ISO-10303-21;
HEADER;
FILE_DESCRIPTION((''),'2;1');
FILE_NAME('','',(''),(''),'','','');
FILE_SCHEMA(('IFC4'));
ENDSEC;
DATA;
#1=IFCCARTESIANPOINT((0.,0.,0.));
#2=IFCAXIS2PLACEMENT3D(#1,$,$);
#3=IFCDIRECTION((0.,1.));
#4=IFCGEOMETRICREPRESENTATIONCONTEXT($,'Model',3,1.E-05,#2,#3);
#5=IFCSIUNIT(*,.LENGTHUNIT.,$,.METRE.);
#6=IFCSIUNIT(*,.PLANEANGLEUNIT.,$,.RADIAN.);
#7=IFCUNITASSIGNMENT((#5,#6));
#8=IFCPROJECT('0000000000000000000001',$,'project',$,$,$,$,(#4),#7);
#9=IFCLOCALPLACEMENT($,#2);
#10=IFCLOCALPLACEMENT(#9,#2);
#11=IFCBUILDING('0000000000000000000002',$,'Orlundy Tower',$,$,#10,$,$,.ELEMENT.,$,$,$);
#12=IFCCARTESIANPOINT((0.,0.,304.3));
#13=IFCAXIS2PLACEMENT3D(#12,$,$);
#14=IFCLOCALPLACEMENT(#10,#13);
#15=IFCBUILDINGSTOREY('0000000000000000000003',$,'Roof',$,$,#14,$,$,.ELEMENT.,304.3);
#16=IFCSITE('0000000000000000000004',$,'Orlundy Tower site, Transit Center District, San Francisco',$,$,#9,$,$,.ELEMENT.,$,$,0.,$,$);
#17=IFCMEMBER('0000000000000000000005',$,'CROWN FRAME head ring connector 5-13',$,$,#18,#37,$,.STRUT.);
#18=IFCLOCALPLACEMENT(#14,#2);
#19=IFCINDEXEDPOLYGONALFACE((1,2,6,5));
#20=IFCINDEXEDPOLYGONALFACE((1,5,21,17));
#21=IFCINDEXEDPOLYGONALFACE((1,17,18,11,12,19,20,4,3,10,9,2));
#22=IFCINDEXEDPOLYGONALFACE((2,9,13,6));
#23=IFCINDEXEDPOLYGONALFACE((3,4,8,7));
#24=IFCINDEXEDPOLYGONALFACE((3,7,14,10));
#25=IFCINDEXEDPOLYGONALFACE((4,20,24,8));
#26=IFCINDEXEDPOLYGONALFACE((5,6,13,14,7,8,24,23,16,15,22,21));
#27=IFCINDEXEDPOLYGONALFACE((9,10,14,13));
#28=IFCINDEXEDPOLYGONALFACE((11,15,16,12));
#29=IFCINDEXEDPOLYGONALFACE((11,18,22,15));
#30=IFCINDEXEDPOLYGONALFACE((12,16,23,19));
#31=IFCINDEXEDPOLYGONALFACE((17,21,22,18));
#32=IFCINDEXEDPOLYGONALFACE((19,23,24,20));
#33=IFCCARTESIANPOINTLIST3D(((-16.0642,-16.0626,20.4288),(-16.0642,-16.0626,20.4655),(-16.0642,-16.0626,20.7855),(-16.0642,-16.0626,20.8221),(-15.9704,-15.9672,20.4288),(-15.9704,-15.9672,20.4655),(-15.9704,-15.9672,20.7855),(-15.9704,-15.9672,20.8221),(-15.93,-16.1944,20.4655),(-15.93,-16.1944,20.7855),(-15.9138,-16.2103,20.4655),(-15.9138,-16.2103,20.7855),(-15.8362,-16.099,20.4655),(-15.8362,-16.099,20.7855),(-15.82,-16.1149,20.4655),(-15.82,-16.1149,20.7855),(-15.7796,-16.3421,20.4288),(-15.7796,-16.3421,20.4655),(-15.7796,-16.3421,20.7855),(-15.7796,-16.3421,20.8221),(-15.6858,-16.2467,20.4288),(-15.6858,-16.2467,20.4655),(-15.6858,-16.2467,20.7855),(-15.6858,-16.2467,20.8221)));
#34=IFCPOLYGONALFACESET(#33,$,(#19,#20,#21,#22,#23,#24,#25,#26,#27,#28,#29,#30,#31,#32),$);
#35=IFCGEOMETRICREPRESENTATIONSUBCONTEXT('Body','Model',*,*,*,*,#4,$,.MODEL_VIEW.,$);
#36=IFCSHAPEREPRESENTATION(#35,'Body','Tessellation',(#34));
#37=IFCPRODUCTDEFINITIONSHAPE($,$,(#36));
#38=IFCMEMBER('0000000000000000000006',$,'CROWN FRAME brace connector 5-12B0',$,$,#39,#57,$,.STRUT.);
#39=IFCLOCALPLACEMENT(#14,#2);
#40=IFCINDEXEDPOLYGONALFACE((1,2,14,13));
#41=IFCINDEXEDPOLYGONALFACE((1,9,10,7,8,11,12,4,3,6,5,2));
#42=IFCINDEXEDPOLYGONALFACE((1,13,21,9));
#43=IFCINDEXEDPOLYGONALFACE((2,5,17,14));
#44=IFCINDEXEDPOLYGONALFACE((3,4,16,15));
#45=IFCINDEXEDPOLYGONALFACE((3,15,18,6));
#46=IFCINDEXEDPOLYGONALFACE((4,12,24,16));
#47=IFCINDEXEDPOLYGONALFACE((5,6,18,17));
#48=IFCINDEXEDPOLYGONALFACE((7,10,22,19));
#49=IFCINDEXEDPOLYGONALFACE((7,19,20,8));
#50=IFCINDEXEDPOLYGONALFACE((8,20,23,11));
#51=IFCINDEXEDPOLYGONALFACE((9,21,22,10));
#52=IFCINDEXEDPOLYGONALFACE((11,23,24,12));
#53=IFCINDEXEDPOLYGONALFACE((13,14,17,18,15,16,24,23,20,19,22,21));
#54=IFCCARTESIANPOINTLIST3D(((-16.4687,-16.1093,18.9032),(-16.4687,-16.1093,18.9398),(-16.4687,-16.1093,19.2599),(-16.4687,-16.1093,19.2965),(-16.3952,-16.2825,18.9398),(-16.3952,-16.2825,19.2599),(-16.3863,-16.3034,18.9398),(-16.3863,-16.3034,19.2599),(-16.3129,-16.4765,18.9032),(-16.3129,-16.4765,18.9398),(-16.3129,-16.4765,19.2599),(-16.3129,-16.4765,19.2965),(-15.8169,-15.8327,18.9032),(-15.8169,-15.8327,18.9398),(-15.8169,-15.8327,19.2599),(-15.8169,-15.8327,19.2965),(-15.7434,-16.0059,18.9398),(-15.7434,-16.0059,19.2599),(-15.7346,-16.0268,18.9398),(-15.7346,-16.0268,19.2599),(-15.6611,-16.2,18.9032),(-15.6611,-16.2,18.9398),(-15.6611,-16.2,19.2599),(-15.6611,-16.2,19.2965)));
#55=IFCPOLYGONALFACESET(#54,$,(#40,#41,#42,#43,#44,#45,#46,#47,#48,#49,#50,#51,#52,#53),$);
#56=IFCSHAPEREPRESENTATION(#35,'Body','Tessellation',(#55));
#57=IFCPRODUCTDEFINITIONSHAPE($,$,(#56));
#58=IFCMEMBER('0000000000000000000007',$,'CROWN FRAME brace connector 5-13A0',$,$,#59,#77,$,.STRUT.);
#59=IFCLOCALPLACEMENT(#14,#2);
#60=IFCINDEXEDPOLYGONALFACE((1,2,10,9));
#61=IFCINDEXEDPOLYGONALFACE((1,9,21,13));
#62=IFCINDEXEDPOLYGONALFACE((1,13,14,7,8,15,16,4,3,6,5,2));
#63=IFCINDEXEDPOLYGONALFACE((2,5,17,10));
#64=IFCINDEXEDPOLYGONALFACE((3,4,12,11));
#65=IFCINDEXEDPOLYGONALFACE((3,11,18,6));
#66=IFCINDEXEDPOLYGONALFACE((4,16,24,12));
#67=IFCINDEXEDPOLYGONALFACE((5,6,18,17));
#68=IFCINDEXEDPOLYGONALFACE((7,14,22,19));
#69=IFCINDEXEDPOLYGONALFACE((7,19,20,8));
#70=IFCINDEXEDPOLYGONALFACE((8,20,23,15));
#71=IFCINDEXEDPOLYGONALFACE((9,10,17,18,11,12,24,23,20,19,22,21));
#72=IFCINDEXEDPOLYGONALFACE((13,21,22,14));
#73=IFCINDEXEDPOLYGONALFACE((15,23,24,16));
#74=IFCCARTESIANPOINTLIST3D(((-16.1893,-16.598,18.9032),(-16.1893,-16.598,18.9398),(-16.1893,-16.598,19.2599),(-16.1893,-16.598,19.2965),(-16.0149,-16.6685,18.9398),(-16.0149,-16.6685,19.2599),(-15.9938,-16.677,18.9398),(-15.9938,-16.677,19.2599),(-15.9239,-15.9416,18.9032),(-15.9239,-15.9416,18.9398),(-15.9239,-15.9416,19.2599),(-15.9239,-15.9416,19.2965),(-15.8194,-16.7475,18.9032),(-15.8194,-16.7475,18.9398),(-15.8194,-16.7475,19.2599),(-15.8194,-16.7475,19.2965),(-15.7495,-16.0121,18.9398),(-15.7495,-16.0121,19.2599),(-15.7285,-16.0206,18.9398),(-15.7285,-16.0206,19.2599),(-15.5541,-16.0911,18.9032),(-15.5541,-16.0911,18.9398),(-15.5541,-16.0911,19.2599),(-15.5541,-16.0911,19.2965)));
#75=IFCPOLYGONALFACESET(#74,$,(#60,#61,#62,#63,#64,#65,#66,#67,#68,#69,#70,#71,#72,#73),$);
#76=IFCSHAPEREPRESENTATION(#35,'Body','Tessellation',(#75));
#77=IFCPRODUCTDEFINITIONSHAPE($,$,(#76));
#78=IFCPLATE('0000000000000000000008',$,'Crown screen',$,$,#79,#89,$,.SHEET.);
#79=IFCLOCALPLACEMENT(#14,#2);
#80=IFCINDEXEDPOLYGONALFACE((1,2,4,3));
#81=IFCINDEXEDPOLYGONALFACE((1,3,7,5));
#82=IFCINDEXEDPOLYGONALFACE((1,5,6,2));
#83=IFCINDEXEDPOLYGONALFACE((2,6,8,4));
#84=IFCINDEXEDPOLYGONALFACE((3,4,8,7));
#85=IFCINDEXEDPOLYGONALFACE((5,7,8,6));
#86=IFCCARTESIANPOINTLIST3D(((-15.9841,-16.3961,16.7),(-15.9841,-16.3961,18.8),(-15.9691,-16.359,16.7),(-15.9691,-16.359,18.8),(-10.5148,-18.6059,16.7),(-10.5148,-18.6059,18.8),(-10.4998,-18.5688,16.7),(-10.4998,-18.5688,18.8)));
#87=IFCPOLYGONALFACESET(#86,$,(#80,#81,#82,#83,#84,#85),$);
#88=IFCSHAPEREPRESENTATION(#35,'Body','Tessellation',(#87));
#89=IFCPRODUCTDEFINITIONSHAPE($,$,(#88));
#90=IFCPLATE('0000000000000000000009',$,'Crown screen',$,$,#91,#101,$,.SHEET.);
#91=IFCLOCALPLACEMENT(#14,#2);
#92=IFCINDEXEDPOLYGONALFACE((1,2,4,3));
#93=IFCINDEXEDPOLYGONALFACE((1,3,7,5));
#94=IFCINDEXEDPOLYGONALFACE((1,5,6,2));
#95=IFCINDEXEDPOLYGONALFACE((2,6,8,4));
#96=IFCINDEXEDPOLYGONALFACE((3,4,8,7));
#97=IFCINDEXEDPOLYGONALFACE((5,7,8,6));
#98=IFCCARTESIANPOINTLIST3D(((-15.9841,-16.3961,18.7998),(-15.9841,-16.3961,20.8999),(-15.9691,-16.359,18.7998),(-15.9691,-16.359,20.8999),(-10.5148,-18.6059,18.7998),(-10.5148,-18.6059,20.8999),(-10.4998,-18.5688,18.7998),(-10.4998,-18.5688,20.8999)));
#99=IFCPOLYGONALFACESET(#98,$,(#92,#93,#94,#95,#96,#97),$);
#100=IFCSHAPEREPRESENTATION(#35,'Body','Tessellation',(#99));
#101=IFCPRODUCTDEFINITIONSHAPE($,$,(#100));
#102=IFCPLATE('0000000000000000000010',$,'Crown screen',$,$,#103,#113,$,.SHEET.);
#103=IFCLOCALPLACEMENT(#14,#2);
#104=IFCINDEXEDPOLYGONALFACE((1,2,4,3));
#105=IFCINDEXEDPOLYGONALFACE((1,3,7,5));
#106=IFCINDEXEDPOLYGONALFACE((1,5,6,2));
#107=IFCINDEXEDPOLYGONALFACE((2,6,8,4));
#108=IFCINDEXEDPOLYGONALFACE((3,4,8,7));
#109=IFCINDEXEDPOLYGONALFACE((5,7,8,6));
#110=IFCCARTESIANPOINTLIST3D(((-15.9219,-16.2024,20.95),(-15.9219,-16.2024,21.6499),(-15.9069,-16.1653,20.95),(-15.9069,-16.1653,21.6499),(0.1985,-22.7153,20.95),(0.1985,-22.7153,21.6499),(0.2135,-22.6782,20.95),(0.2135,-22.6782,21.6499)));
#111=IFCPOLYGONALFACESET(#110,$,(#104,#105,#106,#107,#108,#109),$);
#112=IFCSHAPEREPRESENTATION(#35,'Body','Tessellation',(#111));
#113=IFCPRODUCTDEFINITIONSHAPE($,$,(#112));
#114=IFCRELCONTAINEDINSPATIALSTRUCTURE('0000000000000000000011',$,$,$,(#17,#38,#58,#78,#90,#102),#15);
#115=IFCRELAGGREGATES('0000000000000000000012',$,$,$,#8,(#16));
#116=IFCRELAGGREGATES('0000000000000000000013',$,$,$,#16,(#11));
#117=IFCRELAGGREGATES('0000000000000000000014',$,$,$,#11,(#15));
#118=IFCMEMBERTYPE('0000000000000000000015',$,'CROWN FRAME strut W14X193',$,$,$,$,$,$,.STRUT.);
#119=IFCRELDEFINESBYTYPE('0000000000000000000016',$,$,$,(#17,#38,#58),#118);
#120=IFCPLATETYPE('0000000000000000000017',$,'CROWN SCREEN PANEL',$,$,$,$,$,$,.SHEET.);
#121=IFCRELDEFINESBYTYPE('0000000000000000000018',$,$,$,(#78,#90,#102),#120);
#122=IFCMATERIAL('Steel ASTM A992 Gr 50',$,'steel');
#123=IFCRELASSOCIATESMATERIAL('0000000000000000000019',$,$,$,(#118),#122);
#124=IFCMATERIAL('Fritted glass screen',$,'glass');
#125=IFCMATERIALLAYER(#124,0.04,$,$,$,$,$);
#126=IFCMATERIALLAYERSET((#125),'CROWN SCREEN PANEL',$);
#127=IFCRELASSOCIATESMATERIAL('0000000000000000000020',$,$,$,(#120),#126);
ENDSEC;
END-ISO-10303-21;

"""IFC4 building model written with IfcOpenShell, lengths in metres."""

from ifc_helpers import new_model, si_unit, direction, frame, origin, origin_2d, place, context, subcontext, project, spatial, polyline, rectangle, i_section, outline, extrude, material, layer, layer_set, material_profile, profile_set, type_object, element, save


model = new_model("IFC4")

# Units and contexts
model_context = context("Model", 3, precision=1e-05, world=origin(), true_north=direction((0.0, 1.0)))
body_context = subcontext(model_context, "Body", "Model", "MODEL_VIEW")
ifc_project = project(units=[si_unit("LENGTHUNIT", "METRE"), si_unit("PLANEANGLEUNIT", "RADIAN")], contexts=[model_context])

# Site, building, storey
site_placement = place(None, origin())
site = spatial("IfcSite", under=ifc_project, at=site_placement, Name="Orlundy Tower site, Transit Center District, San Francisco", CompositionType="ELEMENT", RefElevation=0.0)
building_placement = place(site_placement, origin())
building = spatial("IfcBuilding", under=site, at=building_placement, Name="Orlundy Tower", CompositionType="ELEMENT")
storey_placement = place(building_placement, frame((0.0, 0.0, 304.3)))
storey = spatial("IfcBuildingStorey", under=building, at=storey_placement, Name="Roof", CompositionType="ELEMENT", Elevation=304.3)

# Members
ifc_material_1 = material(Name="Steel ASTM A992 Gr 50", Category="steel")
ifc_material_profile_1 = material_profile(ifc_material_1, i_section(OverallWidth=0.3989, OverallDepth=0.3933, WebThickness=0.0227, FlangeThickness=0.0366, at=origin_2d()), Name="W14X193")
ifc_profile_set_1 = profile_set([ifc_material_profile_1], Name="Steel ASTM A992 Gr 50")
member_type_1 = type_object("IfcMemberType", Name="CROWN FRAME strut W14X193", PredefinedType="STRUT", material=ifc_profile_set_1)
member_1_placement = place(storey_placement, frame((-15.8281, -16.1069, 20.6255), z_axis=(-0.700691, -0.713464, 0.0), x_axis=(0.713464, -0.700691, 0.0)))
element("IfcMember", 1, at=member_1_placement, inside=storey, type_object=member_type_1, Name="CROWN FRAME head ring connector 5-13", PredefinedType="STRUT", context=body_context, shape_type="SweptSolid", body=[
    extrude(i_section(OverallWidth=0.3989, OverallDepth=0.3933, WebThickness=0.0227, FlangeThickness=0.0366, at=origin_2d()), origin(), (0.0, 0.0, 1.0), 0.1338),
])
for number, where, z_axis, x_axis, name in (
    (2, (-15.739, -16.0164, 19.0999), (-0.920548, -0.39063, 0.0), (0.39063, -0.920548, 0.0), "CROWN FRAME brace connector 5-12B0"),
    (3, (-15.739, -16.0164, 19.0999), (-0.374777, -0.927115, 0.0), (0.927115, -0.374777, 0.0), "CROWN FRAME brace connector 5-13A0"),
):
    element("IfcMember", number, at=place(storey_placement, frame(where, z_axis=z_axis, x_axis=x_axis)), inside=storey, type_object=member_type_1, Name=name, PredefinedType="STRUT", context=body_context, shape_type="SweptSolid", body=[
        extrude(i_section(OverallWidth=0.3989, OverallDepth=0.3933, WebThickness=0.0227, FlangeThickness=0.0366, at=origin_2d()), origin(), (0.0, 0.0, 1.0), 0.708),
    ])

# Plates
ifc_material_2 = material(Name="Fritted glass screen", Category="glass")
ifc_layer = layer(ifc_material_2, 0.04)
ifc_layer_set = layer_set([ifc_layer], Name="CROWN SCREEN PANEL")
plate_type = type_object("IfcPlateType", Name="CROWN SCREEN PANEL", PredefinedType="SHEET", material=ifc_layer_set)
for number, where, z_axis, x_axis, name in (
    (4, (-13.2419, -17.4824, 16.7), (0.0, 0.0, 1.0), (0.927182, -0.374612, 0.0), "Crown screen"),
    (5, (-13.2419, -17.4824, 18.7998), (0.0, 0.0, 1.0), (0.927182, -0.374612, 0.0), "Crown screen"),
):
    element("IfcPlate", number, at=place(storey_placement, frame(where, z_axis=z_axis, x_axis=x_axis)), inside=storey, type_object=plate_type, Name=name, PredefinedType="SHEET", context=body_context, shape_type="SweptSolid", body=[
        extrude(rectangle(XDim=5.8989, YDim=0.04, at=origin_2d()), origin(), (0.0, 0.0, 1.0), 2.1001),
    ])
plate_placement = place(storey_placement, frame((-15.9219, -16.2024, 20.95), z_axis=(-0.374601, -0.927186, 0.0), x_axis=(0.927186, -0.374601, 0.0)))
element("IfcPlate", 6, at=plate_placement, inside=storey, type_object=plate_type, Name="Crown screen", PredefinedType="SHEET", context=body_context, shape_type="SweptSolid", body=[
    extrude(outline(polyline([(0.0, 0.0), (17.3863, 0.0), (17.3863, 0.7), (0.0, 0.7), (0.0, 0.0)])), origin(), (0.0, 0.0, -1.0), 0.04),
])

save(model, "model.ifc")
